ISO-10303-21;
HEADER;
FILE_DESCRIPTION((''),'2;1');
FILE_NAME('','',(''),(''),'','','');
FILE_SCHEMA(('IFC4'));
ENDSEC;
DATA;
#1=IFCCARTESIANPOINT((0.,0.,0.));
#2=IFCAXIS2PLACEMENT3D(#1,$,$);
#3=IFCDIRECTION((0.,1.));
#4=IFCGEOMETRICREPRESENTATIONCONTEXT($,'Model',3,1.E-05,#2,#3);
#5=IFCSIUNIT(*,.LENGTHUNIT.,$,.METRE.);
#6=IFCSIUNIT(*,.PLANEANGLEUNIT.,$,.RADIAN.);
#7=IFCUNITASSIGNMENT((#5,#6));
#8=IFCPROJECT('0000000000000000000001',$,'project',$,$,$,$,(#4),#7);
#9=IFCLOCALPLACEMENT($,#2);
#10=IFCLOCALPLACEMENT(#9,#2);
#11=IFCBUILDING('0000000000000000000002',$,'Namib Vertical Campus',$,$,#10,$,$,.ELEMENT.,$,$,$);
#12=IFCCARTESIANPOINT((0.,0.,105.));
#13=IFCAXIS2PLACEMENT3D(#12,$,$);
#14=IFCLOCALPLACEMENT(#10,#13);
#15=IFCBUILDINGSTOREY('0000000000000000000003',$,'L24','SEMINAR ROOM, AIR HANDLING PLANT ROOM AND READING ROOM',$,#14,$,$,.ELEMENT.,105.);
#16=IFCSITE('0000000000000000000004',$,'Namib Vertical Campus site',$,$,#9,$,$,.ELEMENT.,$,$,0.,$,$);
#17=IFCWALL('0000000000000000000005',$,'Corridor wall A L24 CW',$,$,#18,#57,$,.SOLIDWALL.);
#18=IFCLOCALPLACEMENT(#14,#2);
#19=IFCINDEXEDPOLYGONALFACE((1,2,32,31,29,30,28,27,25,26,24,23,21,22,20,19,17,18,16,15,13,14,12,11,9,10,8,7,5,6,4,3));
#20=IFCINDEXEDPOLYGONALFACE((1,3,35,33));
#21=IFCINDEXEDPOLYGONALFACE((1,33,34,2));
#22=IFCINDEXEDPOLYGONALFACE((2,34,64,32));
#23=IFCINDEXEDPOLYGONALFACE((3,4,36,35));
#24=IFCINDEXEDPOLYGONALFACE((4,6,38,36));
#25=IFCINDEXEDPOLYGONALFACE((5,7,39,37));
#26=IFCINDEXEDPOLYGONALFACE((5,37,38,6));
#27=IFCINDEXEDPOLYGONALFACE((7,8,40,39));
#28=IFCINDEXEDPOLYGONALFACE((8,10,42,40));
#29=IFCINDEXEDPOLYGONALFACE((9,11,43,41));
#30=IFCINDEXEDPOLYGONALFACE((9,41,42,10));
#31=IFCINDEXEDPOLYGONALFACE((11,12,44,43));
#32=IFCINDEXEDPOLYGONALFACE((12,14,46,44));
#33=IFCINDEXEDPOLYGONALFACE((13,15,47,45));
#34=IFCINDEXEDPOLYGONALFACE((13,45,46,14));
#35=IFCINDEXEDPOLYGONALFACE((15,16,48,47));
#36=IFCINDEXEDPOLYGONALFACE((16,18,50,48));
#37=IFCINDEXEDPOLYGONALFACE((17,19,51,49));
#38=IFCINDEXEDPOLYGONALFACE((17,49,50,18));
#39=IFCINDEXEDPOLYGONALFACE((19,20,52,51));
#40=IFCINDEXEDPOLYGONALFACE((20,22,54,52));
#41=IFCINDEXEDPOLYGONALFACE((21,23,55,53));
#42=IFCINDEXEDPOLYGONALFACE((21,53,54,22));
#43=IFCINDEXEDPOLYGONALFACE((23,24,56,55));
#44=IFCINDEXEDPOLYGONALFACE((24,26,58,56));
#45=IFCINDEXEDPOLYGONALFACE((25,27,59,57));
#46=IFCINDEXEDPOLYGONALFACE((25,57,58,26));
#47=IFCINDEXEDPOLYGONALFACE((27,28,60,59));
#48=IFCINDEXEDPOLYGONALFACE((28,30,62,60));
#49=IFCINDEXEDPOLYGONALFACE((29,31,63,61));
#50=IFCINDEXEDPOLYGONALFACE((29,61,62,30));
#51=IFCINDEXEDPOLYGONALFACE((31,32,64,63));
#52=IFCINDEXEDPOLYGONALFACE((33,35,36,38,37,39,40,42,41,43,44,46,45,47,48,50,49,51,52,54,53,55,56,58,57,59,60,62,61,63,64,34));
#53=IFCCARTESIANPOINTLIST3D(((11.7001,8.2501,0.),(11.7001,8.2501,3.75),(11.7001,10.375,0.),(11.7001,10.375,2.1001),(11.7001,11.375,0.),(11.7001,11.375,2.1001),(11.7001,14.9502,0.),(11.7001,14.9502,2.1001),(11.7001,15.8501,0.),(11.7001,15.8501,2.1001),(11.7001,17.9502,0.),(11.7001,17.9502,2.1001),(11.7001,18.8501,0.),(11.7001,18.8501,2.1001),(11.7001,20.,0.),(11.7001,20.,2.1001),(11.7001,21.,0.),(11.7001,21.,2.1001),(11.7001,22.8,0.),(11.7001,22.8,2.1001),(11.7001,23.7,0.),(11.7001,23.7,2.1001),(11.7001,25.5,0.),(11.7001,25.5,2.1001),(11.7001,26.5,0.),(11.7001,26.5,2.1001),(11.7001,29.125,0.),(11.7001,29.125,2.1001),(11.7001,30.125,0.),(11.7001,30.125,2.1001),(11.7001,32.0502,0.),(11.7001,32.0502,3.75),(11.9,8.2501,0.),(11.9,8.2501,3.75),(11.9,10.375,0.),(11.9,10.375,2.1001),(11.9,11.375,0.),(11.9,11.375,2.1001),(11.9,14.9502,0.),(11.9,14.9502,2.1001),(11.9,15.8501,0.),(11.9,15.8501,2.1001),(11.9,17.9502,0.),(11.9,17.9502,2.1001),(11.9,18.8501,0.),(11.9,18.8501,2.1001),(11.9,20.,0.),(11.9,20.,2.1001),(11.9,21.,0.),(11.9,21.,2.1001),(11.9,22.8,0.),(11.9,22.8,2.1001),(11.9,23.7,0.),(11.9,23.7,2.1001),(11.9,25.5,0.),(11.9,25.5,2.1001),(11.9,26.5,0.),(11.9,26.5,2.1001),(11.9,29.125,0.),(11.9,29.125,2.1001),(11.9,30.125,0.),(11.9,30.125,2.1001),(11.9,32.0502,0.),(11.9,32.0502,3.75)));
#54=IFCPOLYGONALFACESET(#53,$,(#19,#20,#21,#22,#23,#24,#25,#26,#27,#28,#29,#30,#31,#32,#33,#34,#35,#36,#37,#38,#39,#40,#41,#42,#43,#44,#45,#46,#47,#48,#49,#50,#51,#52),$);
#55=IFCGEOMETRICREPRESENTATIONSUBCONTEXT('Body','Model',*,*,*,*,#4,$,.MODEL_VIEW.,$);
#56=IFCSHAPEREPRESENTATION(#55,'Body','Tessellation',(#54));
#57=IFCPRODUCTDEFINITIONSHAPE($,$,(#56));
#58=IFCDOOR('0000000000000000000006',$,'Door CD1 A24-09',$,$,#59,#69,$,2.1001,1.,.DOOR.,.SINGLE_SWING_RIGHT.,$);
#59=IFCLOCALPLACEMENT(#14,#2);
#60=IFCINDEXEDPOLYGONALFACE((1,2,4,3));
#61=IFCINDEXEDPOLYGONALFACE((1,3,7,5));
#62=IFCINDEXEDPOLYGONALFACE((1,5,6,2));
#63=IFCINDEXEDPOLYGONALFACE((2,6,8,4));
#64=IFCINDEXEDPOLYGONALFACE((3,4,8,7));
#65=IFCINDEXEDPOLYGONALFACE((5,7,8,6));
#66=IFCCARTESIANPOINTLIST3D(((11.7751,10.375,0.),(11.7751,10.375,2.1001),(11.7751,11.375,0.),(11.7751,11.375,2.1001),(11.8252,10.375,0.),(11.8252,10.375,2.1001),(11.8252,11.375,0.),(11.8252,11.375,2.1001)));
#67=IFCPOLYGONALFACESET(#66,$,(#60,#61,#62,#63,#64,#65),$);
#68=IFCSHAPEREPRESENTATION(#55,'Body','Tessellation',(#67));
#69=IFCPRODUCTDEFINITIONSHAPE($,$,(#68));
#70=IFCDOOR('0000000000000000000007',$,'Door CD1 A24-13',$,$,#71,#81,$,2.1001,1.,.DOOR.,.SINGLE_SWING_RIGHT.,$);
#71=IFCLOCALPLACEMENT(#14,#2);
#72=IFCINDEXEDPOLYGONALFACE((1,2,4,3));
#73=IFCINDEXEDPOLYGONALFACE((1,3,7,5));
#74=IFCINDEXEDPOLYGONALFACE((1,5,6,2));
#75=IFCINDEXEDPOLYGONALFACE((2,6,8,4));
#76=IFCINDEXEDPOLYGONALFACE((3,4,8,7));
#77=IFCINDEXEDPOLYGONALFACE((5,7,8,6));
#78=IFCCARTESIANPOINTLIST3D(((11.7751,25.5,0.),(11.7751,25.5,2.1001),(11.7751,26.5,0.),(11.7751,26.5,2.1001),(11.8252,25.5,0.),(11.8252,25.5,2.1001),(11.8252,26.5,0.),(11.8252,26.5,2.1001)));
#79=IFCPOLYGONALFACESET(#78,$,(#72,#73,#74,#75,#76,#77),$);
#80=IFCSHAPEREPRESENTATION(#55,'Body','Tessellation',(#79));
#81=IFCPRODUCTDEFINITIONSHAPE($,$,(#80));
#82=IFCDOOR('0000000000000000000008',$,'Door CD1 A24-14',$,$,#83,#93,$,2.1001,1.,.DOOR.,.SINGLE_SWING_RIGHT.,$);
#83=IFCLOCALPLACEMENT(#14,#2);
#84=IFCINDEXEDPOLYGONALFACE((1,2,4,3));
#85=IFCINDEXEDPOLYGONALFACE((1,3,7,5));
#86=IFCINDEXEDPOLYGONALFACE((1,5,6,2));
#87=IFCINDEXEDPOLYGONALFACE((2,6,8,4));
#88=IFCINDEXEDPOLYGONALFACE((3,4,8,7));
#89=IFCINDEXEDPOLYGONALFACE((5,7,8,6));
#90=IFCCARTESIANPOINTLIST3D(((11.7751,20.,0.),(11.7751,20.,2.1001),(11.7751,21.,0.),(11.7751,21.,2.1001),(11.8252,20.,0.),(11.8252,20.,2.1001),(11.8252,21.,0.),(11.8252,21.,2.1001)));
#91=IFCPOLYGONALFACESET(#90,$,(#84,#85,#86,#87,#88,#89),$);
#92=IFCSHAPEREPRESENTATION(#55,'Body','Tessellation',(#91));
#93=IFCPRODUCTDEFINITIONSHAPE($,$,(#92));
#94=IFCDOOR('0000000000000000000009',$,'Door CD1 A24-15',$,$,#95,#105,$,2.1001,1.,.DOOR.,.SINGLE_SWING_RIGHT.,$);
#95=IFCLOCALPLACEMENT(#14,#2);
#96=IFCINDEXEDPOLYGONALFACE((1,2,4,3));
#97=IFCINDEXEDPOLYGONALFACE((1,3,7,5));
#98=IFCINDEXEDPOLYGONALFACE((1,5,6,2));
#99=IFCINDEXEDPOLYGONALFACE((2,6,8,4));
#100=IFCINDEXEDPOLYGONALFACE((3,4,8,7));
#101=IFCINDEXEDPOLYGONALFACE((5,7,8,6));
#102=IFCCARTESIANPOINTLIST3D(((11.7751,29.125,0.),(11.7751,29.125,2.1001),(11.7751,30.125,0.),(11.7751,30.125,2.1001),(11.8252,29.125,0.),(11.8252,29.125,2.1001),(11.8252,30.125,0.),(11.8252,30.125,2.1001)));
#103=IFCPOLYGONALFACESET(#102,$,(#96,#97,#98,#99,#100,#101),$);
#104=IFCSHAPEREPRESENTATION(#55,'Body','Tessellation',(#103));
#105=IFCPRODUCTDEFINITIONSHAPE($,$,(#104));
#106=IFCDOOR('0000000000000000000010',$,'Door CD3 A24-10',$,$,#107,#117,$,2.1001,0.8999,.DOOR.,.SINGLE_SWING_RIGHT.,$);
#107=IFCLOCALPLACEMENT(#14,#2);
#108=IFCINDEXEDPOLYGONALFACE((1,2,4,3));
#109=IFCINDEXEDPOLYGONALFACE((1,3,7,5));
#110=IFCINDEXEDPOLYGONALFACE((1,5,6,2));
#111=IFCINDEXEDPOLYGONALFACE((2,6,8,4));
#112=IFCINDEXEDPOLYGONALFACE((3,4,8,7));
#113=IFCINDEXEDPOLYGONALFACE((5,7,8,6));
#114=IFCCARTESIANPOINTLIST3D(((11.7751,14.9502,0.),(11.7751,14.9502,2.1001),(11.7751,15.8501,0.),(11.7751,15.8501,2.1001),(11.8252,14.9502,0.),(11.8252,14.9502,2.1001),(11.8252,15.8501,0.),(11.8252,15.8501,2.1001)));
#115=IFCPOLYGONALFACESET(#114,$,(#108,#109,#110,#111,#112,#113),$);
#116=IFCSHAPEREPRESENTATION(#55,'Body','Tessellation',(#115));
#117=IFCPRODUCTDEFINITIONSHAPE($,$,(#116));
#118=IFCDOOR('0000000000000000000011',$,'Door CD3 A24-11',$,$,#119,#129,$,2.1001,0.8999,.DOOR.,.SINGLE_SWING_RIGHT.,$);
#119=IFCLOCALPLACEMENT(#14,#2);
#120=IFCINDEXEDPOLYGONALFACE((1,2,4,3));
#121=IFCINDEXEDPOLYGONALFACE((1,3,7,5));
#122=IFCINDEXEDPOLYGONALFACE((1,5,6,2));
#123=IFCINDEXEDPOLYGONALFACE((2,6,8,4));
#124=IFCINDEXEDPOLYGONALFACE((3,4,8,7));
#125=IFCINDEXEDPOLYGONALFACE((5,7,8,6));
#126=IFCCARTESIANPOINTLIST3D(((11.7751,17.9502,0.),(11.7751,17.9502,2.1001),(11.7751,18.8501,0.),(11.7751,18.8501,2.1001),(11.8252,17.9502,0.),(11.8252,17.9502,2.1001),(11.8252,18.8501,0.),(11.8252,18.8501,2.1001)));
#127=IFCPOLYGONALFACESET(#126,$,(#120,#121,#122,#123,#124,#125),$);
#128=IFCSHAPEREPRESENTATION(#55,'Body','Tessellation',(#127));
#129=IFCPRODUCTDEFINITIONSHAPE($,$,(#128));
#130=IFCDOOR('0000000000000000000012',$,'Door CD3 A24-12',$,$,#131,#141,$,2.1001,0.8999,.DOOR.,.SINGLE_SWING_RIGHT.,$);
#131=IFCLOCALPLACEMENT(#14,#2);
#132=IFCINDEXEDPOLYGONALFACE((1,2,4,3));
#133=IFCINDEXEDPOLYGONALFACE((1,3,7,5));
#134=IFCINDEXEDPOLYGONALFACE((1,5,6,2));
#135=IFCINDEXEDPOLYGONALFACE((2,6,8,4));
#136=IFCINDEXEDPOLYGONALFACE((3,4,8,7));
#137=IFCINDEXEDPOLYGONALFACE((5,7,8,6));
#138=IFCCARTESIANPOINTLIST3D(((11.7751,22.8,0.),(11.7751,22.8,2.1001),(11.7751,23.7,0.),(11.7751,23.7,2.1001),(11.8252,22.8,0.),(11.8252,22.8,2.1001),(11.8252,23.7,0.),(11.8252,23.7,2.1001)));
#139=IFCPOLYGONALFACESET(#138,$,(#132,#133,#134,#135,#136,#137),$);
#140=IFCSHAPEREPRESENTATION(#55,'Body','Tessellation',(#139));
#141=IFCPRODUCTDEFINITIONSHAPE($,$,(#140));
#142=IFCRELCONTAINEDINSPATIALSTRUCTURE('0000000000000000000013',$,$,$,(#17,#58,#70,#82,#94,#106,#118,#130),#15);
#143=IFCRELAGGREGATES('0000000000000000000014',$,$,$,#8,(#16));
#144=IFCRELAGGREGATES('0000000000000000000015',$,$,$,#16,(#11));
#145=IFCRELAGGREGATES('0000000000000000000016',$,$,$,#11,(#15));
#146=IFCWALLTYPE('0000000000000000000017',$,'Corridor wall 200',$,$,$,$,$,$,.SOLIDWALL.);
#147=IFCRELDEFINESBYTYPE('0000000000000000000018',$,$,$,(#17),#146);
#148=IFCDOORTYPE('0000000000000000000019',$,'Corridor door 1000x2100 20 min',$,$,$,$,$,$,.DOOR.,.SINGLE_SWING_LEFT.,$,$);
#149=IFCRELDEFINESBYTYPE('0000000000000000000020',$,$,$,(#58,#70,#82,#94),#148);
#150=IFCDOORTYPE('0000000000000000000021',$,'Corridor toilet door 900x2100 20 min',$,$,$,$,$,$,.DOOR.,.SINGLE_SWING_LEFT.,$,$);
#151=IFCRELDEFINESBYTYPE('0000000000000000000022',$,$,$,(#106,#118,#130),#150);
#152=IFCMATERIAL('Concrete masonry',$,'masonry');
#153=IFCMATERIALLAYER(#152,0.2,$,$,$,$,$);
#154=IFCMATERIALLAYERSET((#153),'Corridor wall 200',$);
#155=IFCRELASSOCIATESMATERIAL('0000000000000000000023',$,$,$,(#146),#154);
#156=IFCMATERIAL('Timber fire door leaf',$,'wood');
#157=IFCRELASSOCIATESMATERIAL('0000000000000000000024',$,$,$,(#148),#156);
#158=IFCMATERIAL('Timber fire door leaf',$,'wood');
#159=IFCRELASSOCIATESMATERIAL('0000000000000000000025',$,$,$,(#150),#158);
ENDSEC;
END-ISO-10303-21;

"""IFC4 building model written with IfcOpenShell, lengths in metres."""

from ifc_helpers import new_model, si_unit, direction, frame, frame_2d, origin, place, context, subcontext, project, spatial, rectangle, extrude, material, layer, layer_set, type_object, element, fill, save


model = new_model("IFC4")

# Units and contexts
model_context = context("Model", 3, precision=1e-05, world=origin(), true_north=direction((0.0, 1.0)))
body_context = subcontext(model_context, "Body", "Model", "MODEL_VIEW")
ifc_project = project(units=[si_unit("LENGTHUNIT", "METRE"), si_unit("PLANEANGLEUNIT", "RADIAN")], contexts=[model_context])

# Site, building, storey
site_placement = place(None, origin())
site = spatial("IfcSite", under=ifc_project, at=site_placement, Name="Namib Vertical Campus site", CompositionType="ELEMENT", RefElevation=0.0)
building_placement = place(site_placement, origin())
building = spatial("IfcBuilding", under=site, at=building_placement, Name="Namib Vertical Campus", CompositionType="ELEMENT")
storey_placement = place(building_placement, frame((0.0, 0.0, 105.0)))
storey = spatial("IfcBuildingStorey", under=building, at=storey_placement, Name="L24", Description="SEMINAR ROOM, AIR HANDLING PLANT ROOM AND READING ROOM", CompositionType="ELEMENT", Elevation=105.0)

# Wall, openings, doors
ifc_material_1 = material(Name="Concrete masonry", Category="masonry")
ifc_layer_1 = layer(ifc_material_1, 0.2)
ifc_layer_set_1 = layer_set([ifc_layer_1], Name="Corridor wall 200")
wall_type_1 = type_object("IfcWallType", Name="Corridor wall 200", PredefinedType="SOLIDWALL", material=ifc_layer_set_1)
wall_1_placement = place(storey_placement, frame((11.8, 32.05, 0.0), z_axis=(0.0, 0.0, 1.0), x_axis=(0.0, -1.0, 0.0)))
wall_1 = element("IfcWall", 1, at=wall_1_placement, inside=storey, type_object=wall_type_1, Name="Corridor wall A L24 CW", PredefinedType="SOLIDWALL", context=body_context, shape_type="SweptSolid", body=[
    extrude(rectangle(XDim=23.8, YDim=0.2, at=frame_2d((11.8999, 0.0))), origin(), (0.0, 0.0, 1.0), 3.75),
])
opening_1_placement = place(wall_1_placement, frame((20.675, 0.0, 0.0)))
opening_1 = element("IfcOpeningElement", 2, at=opening_1_placement, cuts=wall_1, PredefinedType="OPENING", context=body_context, shape_type="SweptSolid", body=[
    extrude(rectangle(XDim=1.0, YDim=2.1001, at=frame_2d((0.5, 1.05))), frame((0.0, 0.1099, 0.0), z_axis=(0.0, -1.0, 0.0), x_axis=(1.0, 0.0, 0.0)), (0.0, 0.0, 1.0), 0.22),
])
opening_2_placement = place(wall_1_placement, frame((16.2, 0.0, 0.0)))
opening_2 = element("IfcOpeningElement", 3, at=opening_2_placement, cuts=wall_1, PredefinedType="OPENING", context=body_context, shape_type="SweptSolid", body=[
    extrude(rectangle(XDim=0.8999, YDim=2.1001, at=frame_2d((0.45, 1.05))), frame((0.0, 0.1099, 0.0), z_axis=(0.0, -1.0, 0.0), x_axis=(1.0, 0.0, 0.0)), (0.0, 0.0, 1.0), 0.22),
])
opening_3_placement = place(wall_1_placement, frame((13.2, 0.0, 0.0)))
opening_3 = element("IfcOpeningElement", 4, at=opening_3_placement, cuts=wall_1, PredefinedType="OPENING", context=body_context, shape_type="SweptSolid", body=[
    extrude(rectangle(XDim=0.8999, YDim=2.1001, at=frame_2d((0.45, 1.05))), frame((0.0, 0.1099, 0.0), z_axis=(0.0, -1.0, 0.0), x_axis=(1.0, 0.0, 0.0)), (0.0, 0.0, 1.0), 0.22),
])
opening_4_placement = place(wall_1_placement, frame((8.3501, 0.0, 0.0)))
opening_4 = element("IfcOpeningElement", 5, at=opening_4_placement, cuts=wall_1, PredefinedType="OPENING", context=body_context, shape_type="SweptSolid", body=[
    extrude(rectangle(XDim=0.8999, YDim=2.1001, at=frame_2d((0.45, 1.05))), frame((0.0, 0.1099, 0.0), z_axis=(0.0, -1.0, 0.0), x_axis=(1.0, 0.0, 0.0)), (0.0, 0.0, 1.0), 0.22),
])
opening_5_placement = place(wall_1_placement, frame((5.55, 0.0, 0.0)))
opening_5 = element("IfcOpeningElement", 6, at=opening_5_placement, cuts=wall_1, PredefinedType="OPENING", context=body_context, shape_type="SweptSolid", body=[
    extrude(rectangle(XDim=1.0, YDim=2.1001, at=frame_2d((0.5, 1.05))), frame((0.0, 0.1099, 0.0), z_axis=(0.0, -1.0, 0.0), x_axis=(1.0, 0.0, 0.0)), (0.0, 0.0, 1.0), 0.22),
])
opening_6_placement = place(wall_1_placement, frame((11.05, 0.0, 0.0)))
opening_6 = element("IfcOpeningElement", 7, at=opening_6_placement, cuts=wall_1, PredefinedType="OPENING", context=body_context, shape_type="SweptSolid", body=[
    extrude(rectangle(XDim=1.0, YDim=2.1001, at=frame_2d((0.5, 1.05))), frame((0.0, 0.1099, 0.0), z_axis=(0.0, -1.0, 0.0), x_axis=(1.0, 0.0, 0.0)), (0.0, 0.0, 1.0), 0.22),
])
opening_7_placement = place(wall_1_placement, frame((1.925, 0.0, 0.0)))
opening_7 = element("IfcOpeningElement", 8, at=opening_7_placement, cuts=wall_1, PredefinedType="OPENING", context=body_context, shape_type="SweptSolid", body=[
    extrude(rectangle(XDim=1.0, YDim=2.1001, at=frame_2d((0.5, 1.05))), frame((0.0, 0.1099, 0.0), z_axis=(0.0, -1.0, 0.0), x_axis=(1.0, 0.0, 0.0)), (0.0, 0.0, 1.0), 0.22),
])
ifc_material_2 = material(Name="Timber fire door leaf", Category="wood")
door_type_1 = type_object("IfcDoorType", Name="Corridor door 1000x2100 20 min", OperationType="SINGLE_SWING_LEFT", PredefinedType="DOOR", material=ifc_material_2)
door_1_placement = place(opening_1_placement, frame((1.0, 0.0, 0.0), z_axis=(0.0, 0.0, 1.0), x_axis=(-1.0, 0.0, 0.0)))
door_1 = element("IfcDoor", 9, at=door_1_placement, inside=storey, type_object=door_type_1, Name="Door CD1 A24-09", OperationType="SINGLE_SWING_RIGHT", OverallHeight=2.1001, OverallWidth=1.0, PredefinedType="DOOR", context=body_context, shape_type="SweptSolid", body=[
    extrude(rectangle(XDim=1.0, YDim=2.1001, at=frame_2d((0.5, 1.05))), frame((0.0, 0.0249, 0.0), z_axis=(0.0, -1.0, 0.0), x_axis=(1.0, 0.0, 0.0)), (0.0, 0.0, 1.0), 0.05),
])
fill(opening_1, door_1)
door_2_placement = place(opening_5_placement, frame((1.0, 0.0, 0.0), z_axis=(0.0, 0.0, 1.0), x_axis=(-1.0, 0.0, 0.0)))
door_2 = element("IfcDoor", 10, at=door_2_placement, inside=storey, type_object=door_type_1, Name="Door CD1 A24-13", OperationType="SINGLE_SWING_RIGHT", OverallHeight=2.1001, OverallWidth=1.0, PredefinedType="DOOR", context=body_context, shape_type="SweptSolid", body=[
    extrude(rectangle(XDim=1.0, YDim=2.1001, at=frame_2d((0.5, 1.05))), frame((0.0, 0.0249, 0.0), z_axis=(0.0, -1.0, 0.0), x_axis=(1.0, 0.0, 0.0)), (0.0, 0.0, 1.0), 0.05),
])
fill(opening_5, door_2)
door_3_placement = place(opening_6_placement, frame((1.0, 0.0, 0.0), z_axis=(0.0, 0.0, 1.0), x_axis=(-1.0, 0.0, 0.0)))
door_3 = element("IfcDoor", 11, at=door_3_placement, inside=storey, type_object=door_type_1, Name="Door CD1 A24-14", OperationType="SINGLE_SWING_RIGHT", OverallHeight=2.1001, OverallWidth=1.0, PredefinedType="DOOR", context=body_context, shape_type="SweptSolid", body=[
    extrude(rectangle(XDim=1.0, YDim=2.1001, at=frame_2d((0.5, 1.05))), frame((0.0, 0.0249, 0.0), z_axis=(0.0, -1.0, 0.0), x_axis=(1.0, 0.0, 0.0)), (0.0, 0.0, 1.0), 0.05),
])
fill(opening_6, door_3)
door_4_placement = place(opening_7_placement, frame((1.0, 0.0, 0.0), z_axis=(0.0, 0.0, 1.0), x_axis=(-1.0, 0.0, 0.0)))
door_4 = element("IfcDoor", 12, at=door_4_placement, inside=storey, type_object=door_type_1, Name="Door CD1 A24-15", OperationType="SINGLE_SWING_RIGHT", OverallHeight=2.1001, OverallWidth=1.0, PredefinedType="DOOR", context=body_context, shape_type="SweptSolid", body=[
    extrude(rectangle(XDim=1.0, YDim=2.1001, at=frame_2d((0.5, 1.05))), frame((0.0, 0.0249, 0.0), z_axis=(0.0, -1.0, 0.0), x_axis=(1.0, 0.0, 0.0)), (0.0, 0.0, 1.0), 0.05),
])
fill(opening_7, door_4)
ifc_material_3 = material(Name="Timber fire door leaf", Category="wood")
door_type_2 = type_object("IfcDoorType", Name="Corridor toilet door 900x2100 20 min", OperationType="SINGLE_SWING_LEFT", PredefinedType="DOOR", material=ifc_material_3)
door_5_placement = place(opening_2_placement, frame((0.8999, 0.0, 0.0), z_axis=(0.0, 0.0, 1.0), x_axis=(-1.0, 0.0, 0.0)))
door_5 = element("IfcDoor", 13, at=door_5_placement, inside=storey, type_object=door_type_2, Name="Door CD3 A24-10", OperationType="SINGLE_SWING_RIGHT", OverallHeight=2.1001, OverallWidth=0.8999, PredefinedType="DOOR", context=body_context, shape_type="SweptSolid", body=[
    extrude(rectangle(XDim=0.8999, YDim=2.1001, at=frame_2d((0.45, 1.05))), frame((0.0, 0.0249, 0.0), z_axis=(0.0, -1.0, 0.0), x_axis=(1.0, 0.0, 0.0)), (0.0, 0.0, 1.0), 0.05),
])
fill(opening_2, door_5)
door_6_placement = place(opening_3_placement, frame((0.8999, 0.0, 0.0), z_axis=(0.0, 0.0, 1.0), x_axis=(-1.0, 0.0, 0.0)))
door_6 = element("IfcDoor", 14, at=door_6_placement, inside=storey, type_object=door_type_2, Name="Door CD3 A24-11", OperationType="SINGLE_SWING_RIGHT", OverallHeight=2.1001, OverallWidth=0.8999, PredefinedType="DOOR", context=body_context, shape_type="SweptSolid", body=[
    extrude(rectangle(XDim=0.8999, YDim=2.1001, at=frame_2d((0.45, 1.05))), frame((0.0, 0.0249, 0.0), z_axis=(0.0, -1.0, 0.0), x_axis=(1.0, 0.0, 0.0)), (0.0, 0.0, 1.0), 0.05),
])
fill(opening_3, door_6)
door_7_placement = place(opening_4_placement, frame((0.8999, 0.0, 0.0), z_axis=(0.0, 0.0, 1.0), x_axis=(-1.0, 0.0, 0.0)))
door_7 = element("IfcDoor", 15, at=door_7_placement, inside=storey, type_object=door_type_2, Name="Door CD3 A24-12", OperationType="SINGLE_SWING_RIGHT", OverallHeight=2.1001, OverallWidth=0.8999, PredefinedType="DOOR", context=body_context, shape_type="SweptSolid", body=[
    extrude(rectangle(XDim=0.8999, YDim=2.1001, at=frame_2d((0.45, 1.05))), frame((0.0, 0.0249, 0.0), z_axis=(0.0, -1.0, 0.0), x_axis=(1.0, 0.0, 0.0)), (0.0, 0.0, 1.0), 0.05),
])
fill(opening_4, door_7)

save(model, "model.ifc")
